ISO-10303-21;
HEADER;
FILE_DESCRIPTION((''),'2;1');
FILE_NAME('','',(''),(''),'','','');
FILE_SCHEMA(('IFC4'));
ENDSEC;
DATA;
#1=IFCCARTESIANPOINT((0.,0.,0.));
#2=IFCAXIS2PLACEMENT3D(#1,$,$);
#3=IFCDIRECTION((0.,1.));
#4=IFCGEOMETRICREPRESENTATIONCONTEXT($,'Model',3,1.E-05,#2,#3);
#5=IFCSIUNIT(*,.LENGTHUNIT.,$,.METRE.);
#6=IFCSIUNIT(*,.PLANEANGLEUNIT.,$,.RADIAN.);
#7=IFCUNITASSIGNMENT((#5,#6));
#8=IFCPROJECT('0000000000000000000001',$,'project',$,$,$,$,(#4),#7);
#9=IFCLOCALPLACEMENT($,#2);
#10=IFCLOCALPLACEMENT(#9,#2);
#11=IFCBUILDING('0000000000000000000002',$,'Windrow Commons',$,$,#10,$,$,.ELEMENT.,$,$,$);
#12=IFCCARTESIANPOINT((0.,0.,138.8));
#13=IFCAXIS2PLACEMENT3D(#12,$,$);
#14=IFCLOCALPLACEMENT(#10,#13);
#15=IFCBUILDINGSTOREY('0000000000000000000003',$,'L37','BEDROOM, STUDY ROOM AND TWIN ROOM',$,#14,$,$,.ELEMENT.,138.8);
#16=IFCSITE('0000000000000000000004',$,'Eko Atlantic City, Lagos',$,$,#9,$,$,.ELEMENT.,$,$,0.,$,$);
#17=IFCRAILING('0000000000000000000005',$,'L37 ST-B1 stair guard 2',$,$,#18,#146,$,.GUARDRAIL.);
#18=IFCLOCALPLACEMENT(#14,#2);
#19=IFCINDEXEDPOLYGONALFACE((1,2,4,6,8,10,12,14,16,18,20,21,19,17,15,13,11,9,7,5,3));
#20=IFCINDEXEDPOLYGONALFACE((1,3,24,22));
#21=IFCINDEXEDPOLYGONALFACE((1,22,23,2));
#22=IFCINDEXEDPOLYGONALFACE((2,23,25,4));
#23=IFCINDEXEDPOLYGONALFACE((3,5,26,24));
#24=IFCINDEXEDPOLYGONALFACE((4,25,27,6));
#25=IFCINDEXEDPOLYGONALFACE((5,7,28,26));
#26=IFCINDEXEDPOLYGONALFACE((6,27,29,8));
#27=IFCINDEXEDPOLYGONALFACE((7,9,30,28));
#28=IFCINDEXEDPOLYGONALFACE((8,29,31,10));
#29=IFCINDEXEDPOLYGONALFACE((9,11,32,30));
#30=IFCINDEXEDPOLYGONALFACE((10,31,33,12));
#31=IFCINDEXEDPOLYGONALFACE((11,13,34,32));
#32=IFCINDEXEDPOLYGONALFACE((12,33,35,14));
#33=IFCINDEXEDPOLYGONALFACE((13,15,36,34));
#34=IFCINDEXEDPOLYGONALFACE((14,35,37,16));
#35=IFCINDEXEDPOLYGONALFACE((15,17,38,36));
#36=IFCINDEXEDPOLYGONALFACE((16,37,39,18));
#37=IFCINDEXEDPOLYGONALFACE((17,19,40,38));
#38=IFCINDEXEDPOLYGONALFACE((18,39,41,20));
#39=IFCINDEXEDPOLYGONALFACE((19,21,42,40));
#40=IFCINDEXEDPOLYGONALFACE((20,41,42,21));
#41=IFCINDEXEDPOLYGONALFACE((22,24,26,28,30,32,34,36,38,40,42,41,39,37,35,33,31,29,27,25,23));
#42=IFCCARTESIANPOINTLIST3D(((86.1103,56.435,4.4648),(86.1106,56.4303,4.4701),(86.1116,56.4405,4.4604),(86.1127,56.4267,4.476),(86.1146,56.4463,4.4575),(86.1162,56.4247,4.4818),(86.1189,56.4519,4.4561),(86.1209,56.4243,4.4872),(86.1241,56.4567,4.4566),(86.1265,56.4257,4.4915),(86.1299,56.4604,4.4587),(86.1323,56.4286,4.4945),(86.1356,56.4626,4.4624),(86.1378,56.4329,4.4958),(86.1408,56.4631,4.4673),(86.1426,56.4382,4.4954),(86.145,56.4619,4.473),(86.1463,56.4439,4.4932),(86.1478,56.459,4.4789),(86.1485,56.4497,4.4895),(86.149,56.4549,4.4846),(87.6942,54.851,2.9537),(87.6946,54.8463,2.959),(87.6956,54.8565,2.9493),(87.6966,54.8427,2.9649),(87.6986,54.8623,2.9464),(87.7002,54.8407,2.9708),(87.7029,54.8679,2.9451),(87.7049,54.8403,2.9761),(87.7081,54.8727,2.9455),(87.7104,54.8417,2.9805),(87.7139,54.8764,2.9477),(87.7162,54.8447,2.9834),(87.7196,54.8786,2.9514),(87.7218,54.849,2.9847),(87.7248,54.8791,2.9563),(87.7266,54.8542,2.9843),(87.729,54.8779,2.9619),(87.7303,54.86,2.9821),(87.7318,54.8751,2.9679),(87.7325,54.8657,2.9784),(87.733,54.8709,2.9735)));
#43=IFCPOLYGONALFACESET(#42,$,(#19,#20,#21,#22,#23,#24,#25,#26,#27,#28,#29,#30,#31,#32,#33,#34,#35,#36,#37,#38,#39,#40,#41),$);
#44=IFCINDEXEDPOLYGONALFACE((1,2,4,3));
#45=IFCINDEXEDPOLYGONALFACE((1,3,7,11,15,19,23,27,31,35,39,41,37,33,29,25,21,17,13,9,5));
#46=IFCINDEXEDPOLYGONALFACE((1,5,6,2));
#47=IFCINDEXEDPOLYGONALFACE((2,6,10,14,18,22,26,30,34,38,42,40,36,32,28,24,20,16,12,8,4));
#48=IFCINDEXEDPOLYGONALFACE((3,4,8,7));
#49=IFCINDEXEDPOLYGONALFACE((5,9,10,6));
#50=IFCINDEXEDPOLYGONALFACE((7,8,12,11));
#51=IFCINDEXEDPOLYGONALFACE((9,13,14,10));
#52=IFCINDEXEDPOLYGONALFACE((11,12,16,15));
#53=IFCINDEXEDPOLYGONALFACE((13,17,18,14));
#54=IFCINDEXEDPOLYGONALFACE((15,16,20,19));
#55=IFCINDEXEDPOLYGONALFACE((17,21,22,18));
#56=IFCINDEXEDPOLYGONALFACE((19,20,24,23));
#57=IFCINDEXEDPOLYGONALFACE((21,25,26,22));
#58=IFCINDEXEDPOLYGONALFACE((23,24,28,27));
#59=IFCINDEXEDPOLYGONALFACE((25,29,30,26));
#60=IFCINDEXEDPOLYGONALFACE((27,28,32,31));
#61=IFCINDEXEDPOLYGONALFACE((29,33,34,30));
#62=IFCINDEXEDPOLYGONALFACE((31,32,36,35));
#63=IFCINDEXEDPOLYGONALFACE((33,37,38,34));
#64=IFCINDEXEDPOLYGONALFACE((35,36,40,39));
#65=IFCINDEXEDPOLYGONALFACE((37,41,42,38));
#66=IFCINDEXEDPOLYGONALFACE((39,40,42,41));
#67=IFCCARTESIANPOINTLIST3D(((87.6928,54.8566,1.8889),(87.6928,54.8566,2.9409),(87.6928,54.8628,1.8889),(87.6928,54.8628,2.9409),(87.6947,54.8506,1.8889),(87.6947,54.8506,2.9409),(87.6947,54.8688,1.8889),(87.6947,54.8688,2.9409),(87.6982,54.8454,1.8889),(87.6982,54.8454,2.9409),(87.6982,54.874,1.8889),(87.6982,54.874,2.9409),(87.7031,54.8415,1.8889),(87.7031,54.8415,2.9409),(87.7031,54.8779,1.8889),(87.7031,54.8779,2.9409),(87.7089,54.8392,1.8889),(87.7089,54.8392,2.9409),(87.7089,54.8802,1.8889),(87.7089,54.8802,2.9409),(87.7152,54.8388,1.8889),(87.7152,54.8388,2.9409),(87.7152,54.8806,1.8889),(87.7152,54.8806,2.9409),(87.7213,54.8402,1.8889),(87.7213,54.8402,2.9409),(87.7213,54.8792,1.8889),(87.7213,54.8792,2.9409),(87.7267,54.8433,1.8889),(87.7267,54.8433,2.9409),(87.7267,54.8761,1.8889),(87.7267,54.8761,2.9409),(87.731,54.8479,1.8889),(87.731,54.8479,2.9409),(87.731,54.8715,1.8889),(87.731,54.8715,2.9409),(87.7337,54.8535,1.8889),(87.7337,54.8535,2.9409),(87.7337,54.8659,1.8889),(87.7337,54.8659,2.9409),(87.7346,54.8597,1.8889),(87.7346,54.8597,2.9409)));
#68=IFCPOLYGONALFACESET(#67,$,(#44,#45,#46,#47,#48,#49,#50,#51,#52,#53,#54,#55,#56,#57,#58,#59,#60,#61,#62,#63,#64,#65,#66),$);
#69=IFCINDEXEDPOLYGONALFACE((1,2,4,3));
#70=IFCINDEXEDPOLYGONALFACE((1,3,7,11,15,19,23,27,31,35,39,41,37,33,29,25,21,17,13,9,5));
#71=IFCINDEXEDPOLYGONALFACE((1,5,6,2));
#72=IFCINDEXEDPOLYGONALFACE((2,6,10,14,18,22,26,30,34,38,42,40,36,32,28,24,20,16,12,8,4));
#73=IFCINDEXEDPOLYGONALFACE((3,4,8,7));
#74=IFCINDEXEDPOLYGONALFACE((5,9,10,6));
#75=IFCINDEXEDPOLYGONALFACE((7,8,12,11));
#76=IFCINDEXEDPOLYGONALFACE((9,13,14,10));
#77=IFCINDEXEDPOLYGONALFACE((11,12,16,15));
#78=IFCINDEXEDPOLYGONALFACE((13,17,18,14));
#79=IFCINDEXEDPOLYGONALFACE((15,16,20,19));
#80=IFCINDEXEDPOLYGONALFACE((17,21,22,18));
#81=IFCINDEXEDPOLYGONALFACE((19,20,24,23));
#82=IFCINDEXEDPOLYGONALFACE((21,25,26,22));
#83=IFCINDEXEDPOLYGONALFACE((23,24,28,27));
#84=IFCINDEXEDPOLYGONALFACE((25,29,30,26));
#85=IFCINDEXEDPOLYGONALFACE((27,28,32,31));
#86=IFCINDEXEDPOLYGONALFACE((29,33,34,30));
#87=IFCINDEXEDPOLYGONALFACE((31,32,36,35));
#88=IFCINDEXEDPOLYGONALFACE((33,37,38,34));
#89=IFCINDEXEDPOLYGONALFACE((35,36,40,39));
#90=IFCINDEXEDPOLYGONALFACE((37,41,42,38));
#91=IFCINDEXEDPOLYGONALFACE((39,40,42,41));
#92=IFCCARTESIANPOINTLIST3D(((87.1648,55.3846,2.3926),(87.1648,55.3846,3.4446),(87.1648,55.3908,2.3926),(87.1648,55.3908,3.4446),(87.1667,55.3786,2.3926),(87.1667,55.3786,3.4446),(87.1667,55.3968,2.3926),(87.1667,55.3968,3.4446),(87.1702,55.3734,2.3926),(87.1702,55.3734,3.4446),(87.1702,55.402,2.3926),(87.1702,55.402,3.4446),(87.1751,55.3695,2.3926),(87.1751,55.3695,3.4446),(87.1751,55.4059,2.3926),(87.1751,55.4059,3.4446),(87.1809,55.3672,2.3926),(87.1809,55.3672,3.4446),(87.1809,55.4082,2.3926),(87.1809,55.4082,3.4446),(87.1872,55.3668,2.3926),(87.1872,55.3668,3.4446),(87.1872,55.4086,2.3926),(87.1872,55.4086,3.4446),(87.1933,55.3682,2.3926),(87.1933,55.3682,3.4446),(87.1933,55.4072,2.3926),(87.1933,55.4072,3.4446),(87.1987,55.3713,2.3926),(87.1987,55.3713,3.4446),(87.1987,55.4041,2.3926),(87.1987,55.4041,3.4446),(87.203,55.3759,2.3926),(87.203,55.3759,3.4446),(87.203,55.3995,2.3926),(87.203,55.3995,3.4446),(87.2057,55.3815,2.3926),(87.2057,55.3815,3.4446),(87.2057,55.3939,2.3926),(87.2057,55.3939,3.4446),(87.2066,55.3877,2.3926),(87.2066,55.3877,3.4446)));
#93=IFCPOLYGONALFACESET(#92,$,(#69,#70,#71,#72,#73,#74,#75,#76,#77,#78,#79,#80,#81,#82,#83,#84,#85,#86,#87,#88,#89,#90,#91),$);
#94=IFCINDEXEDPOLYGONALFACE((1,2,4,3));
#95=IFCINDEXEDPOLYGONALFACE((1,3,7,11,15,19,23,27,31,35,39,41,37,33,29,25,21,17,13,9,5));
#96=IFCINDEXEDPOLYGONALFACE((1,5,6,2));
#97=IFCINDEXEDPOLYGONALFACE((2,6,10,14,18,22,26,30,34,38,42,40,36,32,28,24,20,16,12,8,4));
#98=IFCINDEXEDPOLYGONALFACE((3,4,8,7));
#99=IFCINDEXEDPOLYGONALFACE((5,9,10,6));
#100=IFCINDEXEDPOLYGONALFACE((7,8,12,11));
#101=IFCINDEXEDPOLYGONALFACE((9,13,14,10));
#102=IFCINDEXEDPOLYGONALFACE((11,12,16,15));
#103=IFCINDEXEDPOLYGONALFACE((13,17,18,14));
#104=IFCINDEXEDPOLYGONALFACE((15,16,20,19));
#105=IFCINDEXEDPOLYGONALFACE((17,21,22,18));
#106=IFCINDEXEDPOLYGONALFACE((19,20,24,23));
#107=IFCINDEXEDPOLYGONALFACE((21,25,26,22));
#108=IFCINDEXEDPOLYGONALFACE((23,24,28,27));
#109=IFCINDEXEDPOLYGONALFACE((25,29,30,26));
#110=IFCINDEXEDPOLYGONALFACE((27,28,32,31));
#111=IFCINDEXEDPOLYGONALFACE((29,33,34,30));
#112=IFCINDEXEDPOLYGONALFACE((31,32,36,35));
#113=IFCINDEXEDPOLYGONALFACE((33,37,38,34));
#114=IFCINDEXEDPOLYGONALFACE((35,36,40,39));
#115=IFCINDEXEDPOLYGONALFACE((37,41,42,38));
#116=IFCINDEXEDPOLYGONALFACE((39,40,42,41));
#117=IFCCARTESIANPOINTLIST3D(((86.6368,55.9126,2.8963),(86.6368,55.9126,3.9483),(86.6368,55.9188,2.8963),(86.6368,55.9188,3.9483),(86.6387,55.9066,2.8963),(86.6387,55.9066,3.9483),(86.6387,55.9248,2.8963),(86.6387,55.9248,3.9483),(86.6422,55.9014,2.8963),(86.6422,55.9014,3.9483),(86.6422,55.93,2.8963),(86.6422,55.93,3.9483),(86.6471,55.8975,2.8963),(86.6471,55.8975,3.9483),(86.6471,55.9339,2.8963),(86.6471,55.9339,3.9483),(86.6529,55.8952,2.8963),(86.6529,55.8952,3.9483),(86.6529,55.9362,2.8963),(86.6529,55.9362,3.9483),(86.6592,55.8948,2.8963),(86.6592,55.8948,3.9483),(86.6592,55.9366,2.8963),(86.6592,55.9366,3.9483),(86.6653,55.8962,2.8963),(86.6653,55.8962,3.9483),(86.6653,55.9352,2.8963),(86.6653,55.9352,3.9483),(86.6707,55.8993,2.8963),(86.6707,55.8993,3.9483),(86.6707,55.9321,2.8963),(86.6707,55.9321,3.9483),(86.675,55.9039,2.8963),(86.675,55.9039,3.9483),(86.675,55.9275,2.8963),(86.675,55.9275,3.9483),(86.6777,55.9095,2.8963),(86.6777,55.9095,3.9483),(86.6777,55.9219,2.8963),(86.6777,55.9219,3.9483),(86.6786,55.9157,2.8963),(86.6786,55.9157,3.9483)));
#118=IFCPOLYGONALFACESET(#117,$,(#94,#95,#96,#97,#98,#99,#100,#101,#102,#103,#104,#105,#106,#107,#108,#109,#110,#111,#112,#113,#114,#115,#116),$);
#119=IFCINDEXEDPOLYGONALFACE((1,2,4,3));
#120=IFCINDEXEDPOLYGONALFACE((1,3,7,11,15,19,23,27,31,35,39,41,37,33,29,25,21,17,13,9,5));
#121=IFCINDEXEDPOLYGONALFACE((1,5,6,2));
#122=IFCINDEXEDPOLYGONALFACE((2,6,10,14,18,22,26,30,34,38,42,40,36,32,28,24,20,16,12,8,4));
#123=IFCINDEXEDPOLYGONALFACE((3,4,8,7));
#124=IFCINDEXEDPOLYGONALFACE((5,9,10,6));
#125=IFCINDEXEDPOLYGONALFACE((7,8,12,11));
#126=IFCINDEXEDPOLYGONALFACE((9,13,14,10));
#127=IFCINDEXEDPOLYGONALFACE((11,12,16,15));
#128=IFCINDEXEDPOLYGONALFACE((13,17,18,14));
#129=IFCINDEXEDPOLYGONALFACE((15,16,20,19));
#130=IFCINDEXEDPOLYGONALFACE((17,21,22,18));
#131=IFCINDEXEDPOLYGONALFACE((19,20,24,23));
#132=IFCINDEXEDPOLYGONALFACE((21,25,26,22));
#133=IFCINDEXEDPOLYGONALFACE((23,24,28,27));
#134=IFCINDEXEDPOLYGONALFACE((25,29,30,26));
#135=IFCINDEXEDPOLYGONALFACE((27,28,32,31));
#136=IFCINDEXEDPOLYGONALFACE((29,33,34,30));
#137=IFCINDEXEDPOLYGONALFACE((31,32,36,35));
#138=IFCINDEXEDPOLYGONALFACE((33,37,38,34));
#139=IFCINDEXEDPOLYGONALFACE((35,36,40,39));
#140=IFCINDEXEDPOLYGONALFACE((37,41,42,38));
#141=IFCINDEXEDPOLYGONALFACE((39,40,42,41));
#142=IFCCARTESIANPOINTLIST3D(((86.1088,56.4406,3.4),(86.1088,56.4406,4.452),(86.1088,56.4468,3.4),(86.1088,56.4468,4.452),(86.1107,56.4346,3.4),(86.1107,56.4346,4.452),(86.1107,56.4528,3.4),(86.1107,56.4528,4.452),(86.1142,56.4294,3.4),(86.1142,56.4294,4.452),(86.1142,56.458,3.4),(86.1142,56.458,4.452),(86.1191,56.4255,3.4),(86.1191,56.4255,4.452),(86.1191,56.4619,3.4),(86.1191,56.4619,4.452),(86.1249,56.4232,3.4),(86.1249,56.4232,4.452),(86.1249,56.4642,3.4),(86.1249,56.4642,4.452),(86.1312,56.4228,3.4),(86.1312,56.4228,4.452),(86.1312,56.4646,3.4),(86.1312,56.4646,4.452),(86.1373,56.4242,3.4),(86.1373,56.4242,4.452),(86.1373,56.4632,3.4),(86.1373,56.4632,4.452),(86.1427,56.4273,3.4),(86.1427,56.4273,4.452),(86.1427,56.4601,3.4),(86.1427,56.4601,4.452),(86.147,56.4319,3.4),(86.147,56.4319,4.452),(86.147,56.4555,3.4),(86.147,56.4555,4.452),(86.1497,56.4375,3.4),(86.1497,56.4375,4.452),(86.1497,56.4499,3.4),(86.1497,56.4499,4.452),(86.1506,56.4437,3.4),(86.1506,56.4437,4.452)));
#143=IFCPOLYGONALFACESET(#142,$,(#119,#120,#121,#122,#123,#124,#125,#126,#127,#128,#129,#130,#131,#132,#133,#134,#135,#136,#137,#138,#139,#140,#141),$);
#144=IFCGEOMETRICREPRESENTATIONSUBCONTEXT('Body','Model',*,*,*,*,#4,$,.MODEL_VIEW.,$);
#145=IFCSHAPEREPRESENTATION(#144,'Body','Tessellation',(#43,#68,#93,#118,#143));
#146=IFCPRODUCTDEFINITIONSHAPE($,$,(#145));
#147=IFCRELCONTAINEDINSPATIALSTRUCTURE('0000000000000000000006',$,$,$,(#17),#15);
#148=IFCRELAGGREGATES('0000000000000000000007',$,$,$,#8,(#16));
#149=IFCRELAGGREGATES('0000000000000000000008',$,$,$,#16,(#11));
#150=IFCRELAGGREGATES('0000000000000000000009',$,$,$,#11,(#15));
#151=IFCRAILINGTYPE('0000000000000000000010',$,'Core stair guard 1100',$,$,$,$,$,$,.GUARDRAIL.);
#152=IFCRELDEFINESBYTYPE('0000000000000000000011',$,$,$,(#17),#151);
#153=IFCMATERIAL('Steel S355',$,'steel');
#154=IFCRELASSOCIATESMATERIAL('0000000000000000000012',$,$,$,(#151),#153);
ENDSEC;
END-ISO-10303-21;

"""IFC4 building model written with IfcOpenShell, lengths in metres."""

from ifc_helpers import new_model, si_unit, direction, frame, origin, origin_2d, place, context, subcontext, project, spatial, circle, extrude, material, type_object, element, save


model = new_model("IFC4")

# Units and contexts
model_context = context("Model", 3, precision=1e-05, world=origin(), true_north=direction((0.0, 1.0)))
body_context = subcontext(model_context, "Body", "Model", "MODEL_VIEW")
ifc_project = project(units=[si_unit("LENGTHUNIT", "METRE"), si_unit("PLANEANGLEUNIT", "RADIAN")], contexts=[model_context])

# Site, building, storey
site_placement = place(None, origin())
site = spatial("IfcSite", under=ifc_project, at=site_placement, Name="Eko Atlantic City, Lagos", CompositionType="ELEMENT", RefElevation=0.0)
building_placement = place(site_placement, origin())
building = spatial("IfcBuilding", under=site, at=building_placement, Name="Windrow Commons", CompositionType="ELEMENT")
storey_placement = place(building_placement, frame((0.0, 0.0, 138.8)))
storey = spatial("IfcBuildingStorey", under=building, at=storey_placement, Name="L37", Description="BEDROOM, STUDY ROOM AND TWIN ROOM", CompositionType="ELEMENT", Elevation=138.8)

# Railing
ifc_material_1 = material(Name="Steel S355", Category="steel")
railing_type_1 = type_object("IfcRailingType", Name="Core stair guard 1100", PredefinedType="GUARDRAIL", material=ifc_material_1)
railing_1_placement = place(storey_placement, frame((87.7136, 54.8597, 1.8889)))
element("IfcRailing", 1, at=railing_1_placement, inside=storey, type_object=railing_type_1, Name="L37 ST-B1 stair guard 2", PredefinedType="GUARDRAIL", context=body_context, shape_type="SweptSolid", body=[
    extrude(circle(Radius=0.024, at=origin_2d()), frame((0.0, 0.0, 1.076), z_axis=(-0.586203, 0.586203, 0.559224), x_axis=(-0.707107, -0.707107, 0.0)), (0.0, 0.0, 1.0), 2.7021),
    extrude(circle(Radius=0.021, at=origin_2d()), origin(), (0.0, 0.0, 1.0), 1.052),
    extrude(circle(Radius=0.021, at=origin_2d()), frame((-0.528, 0.528, 0.5037)), (0.0, 0.0, 1.0), 1.052),
    extrude(circle(Radius=0.021, at=origin_2d()), frame((-1.056, 1.056, 1.0074)), (0.0, 0.0, 1.0), 1.052),
    extrude(circle(Radius=0.021, at=origin_2d()), frame((-1.584, 1.584, 1.5111)), (0.0, 0.0, 1.0), 1.052),
])

save(model, "model.ifc")
